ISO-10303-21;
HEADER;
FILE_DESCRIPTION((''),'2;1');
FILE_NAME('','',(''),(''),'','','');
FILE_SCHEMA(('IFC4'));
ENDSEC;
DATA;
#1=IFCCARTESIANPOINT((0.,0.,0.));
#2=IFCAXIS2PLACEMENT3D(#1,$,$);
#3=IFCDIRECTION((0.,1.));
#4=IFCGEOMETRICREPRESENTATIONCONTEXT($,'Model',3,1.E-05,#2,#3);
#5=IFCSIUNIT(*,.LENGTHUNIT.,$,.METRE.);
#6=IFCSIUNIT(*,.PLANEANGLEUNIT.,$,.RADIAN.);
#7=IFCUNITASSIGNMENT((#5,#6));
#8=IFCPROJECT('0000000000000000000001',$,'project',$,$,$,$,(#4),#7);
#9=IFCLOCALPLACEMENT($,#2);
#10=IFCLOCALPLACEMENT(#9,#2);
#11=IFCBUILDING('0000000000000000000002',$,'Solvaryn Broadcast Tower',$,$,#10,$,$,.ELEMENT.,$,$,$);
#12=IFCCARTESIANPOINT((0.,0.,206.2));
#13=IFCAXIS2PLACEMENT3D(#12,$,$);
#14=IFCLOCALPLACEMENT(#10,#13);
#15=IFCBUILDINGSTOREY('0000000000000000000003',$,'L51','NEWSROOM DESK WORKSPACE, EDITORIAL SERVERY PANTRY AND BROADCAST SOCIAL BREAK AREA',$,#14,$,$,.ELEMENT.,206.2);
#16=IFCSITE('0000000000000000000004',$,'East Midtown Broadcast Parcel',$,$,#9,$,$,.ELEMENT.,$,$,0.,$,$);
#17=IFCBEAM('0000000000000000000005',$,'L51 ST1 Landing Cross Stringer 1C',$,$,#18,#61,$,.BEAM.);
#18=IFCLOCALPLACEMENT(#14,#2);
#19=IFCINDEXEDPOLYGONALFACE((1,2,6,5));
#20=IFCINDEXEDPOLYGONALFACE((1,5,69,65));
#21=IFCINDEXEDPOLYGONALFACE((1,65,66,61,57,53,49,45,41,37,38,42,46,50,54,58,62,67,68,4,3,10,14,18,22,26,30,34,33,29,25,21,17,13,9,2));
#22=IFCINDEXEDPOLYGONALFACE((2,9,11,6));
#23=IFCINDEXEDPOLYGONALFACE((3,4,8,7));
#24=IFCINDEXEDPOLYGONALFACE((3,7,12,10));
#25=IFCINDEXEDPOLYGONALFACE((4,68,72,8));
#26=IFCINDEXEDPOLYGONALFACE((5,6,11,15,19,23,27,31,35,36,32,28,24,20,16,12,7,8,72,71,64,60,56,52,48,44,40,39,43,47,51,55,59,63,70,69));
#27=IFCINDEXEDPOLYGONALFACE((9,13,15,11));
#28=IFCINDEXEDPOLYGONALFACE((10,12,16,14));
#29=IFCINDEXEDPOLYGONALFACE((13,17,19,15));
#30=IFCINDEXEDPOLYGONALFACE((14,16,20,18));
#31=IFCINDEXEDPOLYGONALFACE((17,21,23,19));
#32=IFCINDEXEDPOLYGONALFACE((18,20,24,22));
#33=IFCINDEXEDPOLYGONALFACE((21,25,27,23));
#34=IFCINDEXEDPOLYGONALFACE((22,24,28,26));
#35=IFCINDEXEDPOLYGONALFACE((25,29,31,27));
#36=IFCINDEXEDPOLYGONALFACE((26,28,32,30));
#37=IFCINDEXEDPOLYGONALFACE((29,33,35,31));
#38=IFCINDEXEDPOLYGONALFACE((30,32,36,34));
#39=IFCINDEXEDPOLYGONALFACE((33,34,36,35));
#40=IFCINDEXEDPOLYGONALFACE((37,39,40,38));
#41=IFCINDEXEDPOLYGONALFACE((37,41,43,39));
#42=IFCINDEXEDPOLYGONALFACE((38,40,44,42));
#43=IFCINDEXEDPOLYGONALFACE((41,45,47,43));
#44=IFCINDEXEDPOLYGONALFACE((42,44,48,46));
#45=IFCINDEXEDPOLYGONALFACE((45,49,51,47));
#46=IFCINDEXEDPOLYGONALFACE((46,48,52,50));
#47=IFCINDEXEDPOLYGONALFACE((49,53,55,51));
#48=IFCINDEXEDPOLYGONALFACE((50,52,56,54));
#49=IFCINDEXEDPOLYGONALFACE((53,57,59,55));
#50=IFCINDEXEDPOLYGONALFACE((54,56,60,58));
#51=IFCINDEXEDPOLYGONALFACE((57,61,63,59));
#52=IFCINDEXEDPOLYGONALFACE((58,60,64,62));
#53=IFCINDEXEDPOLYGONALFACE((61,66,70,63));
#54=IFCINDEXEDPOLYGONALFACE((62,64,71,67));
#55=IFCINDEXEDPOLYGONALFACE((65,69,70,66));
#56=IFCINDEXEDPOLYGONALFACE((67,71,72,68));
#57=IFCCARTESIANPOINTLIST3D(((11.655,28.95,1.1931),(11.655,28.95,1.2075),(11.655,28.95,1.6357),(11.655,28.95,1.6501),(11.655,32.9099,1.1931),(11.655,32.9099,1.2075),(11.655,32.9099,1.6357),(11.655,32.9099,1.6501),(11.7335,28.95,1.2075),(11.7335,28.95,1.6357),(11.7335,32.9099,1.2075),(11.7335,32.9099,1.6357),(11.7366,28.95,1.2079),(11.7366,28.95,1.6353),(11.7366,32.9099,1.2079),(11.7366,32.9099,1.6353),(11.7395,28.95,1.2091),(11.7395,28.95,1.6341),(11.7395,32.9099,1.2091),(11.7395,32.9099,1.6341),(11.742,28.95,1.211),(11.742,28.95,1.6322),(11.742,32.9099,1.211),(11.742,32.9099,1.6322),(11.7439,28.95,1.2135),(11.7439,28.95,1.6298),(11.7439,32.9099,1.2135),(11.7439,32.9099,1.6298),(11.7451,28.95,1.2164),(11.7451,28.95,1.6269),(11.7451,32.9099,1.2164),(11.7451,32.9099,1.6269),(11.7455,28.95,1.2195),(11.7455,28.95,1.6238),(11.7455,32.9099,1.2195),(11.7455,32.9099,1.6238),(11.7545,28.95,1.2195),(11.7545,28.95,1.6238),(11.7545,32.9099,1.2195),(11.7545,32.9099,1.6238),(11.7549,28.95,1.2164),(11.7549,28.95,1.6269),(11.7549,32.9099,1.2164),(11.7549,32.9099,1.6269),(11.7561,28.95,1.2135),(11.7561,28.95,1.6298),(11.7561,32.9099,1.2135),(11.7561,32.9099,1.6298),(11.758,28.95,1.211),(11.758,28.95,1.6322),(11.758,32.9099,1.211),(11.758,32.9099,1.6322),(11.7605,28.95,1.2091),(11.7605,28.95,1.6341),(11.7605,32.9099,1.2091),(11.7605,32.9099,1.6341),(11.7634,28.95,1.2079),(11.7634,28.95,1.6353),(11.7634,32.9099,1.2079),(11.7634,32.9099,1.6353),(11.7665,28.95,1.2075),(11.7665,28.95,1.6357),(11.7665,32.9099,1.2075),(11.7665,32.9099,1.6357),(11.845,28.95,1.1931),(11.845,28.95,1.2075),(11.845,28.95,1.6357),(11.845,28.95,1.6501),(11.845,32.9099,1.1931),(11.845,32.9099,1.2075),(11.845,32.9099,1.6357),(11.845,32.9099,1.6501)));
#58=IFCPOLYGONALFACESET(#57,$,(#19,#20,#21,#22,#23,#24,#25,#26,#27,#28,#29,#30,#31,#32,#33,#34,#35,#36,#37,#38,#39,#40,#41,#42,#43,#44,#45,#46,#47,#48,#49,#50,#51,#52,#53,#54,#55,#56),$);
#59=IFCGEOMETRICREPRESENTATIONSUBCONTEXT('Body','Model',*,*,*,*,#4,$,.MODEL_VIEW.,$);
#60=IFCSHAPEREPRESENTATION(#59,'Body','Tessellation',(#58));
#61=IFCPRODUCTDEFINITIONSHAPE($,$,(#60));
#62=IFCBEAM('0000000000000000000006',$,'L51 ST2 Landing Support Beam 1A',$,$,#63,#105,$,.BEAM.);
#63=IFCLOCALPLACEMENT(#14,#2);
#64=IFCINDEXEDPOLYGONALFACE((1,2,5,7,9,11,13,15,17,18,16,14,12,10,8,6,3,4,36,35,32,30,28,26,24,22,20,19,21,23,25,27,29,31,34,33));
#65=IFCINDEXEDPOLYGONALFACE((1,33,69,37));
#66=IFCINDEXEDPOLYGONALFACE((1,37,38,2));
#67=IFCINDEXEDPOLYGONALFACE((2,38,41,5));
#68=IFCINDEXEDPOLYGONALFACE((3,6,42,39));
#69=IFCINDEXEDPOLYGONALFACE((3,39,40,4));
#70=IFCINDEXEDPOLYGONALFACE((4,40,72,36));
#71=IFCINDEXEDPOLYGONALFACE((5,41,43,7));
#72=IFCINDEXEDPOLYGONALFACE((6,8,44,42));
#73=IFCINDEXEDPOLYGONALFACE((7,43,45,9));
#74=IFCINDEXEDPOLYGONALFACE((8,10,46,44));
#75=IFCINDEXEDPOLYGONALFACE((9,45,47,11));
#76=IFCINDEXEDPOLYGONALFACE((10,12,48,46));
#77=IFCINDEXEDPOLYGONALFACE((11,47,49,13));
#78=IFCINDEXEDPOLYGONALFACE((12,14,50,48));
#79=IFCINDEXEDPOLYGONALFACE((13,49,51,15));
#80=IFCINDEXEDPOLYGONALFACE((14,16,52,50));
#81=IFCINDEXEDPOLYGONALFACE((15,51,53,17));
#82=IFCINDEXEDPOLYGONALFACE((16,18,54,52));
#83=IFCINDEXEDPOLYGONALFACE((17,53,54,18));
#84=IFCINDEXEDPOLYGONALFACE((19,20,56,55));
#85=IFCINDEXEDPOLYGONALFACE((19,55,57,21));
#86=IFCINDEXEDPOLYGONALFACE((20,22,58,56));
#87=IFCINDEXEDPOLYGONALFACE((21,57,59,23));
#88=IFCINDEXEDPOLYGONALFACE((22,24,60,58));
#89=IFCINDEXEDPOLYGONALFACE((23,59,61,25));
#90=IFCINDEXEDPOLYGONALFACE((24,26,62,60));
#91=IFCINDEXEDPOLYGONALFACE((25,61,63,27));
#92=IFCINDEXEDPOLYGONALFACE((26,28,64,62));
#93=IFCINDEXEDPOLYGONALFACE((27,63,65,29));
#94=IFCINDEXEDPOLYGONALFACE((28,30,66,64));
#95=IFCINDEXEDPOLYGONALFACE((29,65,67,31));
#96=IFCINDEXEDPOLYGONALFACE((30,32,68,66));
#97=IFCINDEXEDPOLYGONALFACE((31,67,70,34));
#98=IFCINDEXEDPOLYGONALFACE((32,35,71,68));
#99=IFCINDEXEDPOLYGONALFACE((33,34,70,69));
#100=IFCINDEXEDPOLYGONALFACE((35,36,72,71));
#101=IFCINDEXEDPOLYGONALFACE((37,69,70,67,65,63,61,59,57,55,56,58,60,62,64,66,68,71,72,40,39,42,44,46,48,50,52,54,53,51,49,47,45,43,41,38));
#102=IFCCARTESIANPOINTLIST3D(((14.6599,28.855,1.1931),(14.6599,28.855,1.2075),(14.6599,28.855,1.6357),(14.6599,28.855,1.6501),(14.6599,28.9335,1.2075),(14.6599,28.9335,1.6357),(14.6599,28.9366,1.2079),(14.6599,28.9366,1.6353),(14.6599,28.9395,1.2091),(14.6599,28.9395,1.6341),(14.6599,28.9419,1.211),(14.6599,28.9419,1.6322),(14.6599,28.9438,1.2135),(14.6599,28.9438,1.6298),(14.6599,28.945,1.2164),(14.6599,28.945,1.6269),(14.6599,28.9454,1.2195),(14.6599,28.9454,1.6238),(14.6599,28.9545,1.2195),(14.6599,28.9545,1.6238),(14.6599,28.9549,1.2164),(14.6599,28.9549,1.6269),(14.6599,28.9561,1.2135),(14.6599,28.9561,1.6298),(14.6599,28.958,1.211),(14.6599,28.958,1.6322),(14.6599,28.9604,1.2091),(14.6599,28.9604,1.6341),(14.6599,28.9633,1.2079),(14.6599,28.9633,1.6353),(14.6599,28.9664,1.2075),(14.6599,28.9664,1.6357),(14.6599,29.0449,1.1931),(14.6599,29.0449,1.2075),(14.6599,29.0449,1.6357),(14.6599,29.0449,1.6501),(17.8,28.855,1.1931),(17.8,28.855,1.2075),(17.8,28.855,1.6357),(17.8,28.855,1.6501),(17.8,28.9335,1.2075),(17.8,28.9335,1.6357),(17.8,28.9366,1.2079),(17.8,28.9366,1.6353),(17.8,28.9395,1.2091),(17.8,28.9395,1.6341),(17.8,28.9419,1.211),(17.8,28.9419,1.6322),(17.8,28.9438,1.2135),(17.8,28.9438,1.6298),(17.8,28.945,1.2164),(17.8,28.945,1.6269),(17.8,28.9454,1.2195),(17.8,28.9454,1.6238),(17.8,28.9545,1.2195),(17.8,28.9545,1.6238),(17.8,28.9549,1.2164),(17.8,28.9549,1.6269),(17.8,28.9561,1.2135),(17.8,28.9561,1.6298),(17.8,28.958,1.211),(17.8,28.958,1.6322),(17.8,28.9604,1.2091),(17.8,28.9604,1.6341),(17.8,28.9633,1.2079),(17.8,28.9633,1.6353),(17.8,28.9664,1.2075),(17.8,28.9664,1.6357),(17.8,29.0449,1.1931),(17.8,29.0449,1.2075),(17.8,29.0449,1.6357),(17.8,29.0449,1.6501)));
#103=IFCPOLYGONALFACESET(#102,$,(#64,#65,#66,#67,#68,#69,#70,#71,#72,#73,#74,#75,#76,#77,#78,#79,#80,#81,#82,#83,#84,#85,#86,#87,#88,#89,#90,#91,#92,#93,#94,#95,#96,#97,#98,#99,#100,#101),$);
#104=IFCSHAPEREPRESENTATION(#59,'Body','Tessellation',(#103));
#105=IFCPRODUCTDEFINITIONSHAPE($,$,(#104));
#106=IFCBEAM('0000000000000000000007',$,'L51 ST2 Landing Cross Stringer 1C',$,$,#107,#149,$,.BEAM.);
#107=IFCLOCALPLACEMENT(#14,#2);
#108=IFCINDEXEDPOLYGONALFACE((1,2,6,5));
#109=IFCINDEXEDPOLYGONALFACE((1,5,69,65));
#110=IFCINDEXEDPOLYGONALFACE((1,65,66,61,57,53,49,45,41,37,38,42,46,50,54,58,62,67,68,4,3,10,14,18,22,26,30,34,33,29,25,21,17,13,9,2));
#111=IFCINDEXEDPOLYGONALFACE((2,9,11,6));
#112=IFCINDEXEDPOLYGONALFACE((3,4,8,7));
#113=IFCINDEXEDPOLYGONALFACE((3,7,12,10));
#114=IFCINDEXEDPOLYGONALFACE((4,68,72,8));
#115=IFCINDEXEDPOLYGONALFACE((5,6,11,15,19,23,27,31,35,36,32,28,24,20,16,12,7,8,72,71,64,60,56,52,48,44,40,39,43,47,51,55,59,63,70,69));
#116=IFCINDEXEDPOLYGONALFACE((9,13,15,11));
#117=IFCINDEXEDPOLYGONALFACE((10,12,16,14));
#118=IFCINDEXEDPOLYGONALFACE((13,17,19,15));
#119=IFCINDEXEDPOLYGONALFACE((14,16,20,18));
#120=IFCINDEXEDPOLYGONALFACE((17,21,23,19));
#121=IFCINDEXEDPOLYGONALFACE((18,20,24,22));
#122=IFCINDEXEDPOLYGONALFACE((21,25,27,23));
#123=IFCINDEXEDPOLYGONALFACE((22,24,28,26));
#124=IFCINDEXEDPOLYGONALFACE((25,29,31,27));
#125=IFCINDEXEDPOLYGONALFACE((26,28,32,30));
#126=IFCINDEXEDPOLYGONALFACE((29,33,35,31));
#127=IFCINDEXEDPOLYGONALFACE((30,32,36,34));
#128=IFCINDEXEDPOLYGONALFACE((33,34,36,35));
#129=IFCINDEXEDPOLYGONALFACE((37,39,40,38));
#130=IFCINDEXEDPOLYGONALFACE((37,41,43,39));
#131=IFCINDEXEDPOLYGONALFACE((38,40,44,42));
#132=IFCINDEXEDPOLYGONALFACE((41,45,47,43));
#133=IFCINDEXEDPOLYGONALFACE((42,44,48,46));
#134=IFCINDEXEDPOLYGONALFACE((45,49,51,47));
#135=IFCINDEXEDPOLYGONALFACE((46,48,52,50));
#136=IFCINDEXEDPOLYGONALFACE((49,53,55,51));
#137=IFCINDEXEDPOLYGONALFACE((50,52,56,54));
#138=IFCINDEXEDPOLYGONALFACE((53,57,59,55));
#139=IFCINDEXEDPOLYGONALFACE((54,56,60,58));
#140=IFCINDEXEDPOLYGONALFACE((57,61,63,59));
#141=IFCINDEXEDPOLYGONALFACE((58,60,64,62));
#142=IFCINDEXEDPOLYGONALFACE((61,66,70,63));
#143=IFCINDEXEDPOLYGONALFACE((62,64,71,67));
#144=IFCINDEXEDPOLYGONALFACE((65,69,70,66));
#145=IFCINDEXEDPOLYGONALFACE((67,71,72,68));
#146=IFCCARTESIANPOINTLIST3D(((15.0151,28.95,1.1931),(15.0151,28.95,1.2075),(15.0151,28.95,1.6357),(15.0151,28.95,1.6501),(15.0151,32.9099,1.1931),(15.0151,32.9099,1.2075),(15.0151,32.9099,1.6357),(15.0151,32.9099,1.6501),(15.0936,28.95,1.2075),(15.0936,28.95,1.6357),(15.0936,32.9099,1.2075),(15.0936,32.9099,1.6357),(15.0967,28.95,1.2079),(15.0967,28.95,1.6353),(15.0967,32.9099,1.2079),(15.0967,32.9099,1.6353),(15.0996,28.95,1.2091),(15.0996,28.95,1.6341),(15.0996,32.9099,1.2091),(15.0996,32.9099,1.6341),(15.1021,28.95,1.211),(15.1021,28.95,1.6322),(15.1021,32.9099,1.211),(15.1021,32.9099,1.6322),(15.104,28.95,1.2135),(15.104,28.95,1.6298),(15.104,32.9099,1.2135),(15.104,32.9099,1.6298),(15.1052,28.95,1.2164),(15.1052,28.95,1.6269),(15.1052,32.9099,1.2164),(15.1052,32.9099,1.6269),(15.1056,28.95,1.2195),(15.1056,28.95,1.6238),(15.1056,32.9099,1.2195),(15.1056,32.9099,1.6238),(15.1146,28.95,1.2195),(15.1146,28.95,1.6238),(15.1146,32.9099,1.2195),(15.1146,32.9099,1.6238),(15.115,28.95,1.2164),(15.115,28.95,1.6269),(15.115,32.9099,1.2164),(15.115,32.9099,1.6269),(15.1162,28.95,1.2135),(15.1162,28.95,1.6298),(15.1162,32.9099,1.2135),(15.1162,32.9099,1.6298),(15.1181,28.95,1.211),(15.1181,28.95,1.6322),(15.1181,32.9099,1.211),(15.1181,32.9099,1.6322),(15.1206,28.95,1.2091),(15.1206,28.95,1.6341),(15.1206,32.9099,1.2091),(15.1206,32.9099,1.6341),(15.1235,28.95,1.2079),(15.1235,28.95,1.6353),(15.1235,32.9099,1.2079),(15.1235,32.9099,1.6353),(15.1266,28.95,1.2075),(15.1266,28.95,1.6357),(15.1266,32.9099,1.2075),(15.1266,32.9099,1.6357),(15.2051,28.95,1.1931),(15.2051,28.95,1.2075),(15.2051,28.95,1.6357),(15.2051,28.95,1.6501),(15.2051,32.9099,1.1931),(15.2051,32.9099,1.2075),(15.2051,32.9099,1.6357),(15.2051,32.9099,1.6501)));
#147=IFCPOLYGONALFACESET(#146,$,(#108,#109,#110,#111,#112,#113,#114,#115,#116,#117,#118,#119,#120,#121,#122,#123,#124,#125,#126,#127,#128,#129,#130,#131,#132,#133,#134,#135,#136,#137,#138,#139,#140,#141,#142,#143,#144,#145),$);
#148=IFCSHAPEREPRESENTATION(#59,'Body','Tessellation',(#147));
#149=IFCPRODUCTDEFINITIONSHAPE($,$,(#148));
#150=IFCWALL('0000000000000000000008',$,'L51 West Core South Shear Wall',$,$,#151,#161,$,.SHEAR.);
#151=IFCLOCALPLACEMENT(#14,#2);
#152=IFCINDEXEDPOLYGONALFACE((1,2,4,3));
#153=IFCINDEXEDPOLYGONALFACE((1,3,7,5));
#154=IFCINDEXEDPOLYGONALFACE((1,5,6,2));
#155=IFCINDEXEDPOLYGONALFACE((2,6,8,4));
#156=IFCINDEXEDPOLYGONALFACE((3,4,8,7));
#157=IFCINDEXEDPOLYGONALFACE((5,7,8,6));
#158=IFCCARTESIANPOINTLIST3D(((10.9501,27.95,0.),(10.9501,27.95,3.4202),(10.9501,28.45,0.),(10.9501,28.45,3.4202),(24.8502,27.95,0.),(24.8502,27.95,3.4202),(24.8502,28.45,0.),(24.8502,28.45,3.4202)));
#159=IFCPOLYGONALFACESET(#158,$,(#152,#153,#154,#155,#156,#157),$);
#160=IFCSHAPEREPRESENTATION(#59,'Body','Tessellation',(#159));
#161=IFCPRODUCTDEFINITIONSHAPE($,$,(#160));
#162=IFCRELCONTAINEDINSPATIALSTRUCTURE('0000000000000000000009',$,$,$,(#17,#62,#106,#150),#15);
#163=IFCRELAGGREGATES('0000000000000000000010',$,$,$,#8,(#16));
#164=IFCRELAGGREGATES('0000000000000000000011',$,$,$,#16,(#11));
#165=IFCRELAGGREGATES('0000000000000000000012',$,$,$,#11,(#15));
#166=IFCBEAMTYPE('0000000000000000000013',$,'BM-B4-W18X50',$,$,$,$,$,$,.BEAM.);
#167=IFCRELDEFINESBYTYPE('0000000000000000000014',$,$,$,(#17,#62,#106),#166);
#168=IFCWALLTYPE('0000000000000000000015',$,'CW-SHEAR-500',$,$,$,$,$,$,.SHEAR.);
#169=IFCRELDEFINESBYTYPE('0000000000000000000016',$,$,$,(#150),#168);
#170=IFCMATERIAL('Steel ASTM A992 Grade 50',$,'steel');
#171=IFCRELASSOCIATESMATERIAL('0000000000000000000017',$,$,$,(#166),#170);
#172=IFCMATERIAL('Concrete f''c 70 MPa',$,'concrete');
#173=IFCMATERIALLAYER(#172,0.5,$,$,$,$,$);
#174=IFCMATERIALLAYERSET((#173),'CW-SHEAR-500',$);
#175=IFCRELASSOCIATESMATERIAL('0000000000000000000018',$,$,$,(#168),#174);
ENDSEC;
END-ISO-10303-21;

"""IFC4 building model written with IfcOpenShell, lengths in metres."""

from ifc_helpers import new_model, si_unit, direction, frame, frame_2d, origin, origin_2d, place, context, subcontext, project, spatial, rectangle, i_section, extrude, material, layer, layer_set, material_profile, profile_set, type_object, element, save


model = new_model("IFC4")

# Units and contexts
model_context = context("Model", 3, precision=1e-05, world=origin(), true_north=direction((0.0, 1.0)))
body_context = subcontext(model_context, "Body", "Model", "MODEL_VIEW")
ifc_project = project(units=[si_unit("LENGTHUNIT", "METRE"), si_unit("PLANEANGLEUNIT", "RADIAN")], contexts=[model_context])

# Site, building, storey
site_placement = place(None, origin())
site = spatial("IfcSite", under=ifc_project, at=site_placement, Name="East Midtown Broadcast Parcel", CompositionType="ELEMENT", RefElevation=0.0)
building_placement = place(site_placement, origin())
building = spatial("IfcBuilding", under=site, at=building_placement, Name="Solvaryn Broadcast Tower", CompositionType="ELEMENT")
storey_placement = place(building_placement, frame((0.0, 0.0, 206.2)))
storey = spatial("IfcBuildingStorey", under=building, at=storey_placement, Name="L51", Description="NEWSROOM DESK WORKSPACE, EDITORIAL SERVERY PANTRY AND BROADCAST SOCIAL BREAK AREA", CompositionType="ELEMENT", Elevation=206.2)

# Beams
ifc_material_1 = material(Name="Steel ASTM A992 Grade 50", Category="steel")
ifc_material_profile_1 = material_profile(ifc_material_1, i_section(OverallWidth=0.1899, OverallDepth=0.457, WebThickness=0.009, FlangeThickness=0.0144, FilletRadius=0.012, at=origin_2d()))
ifc_profile_set_1 = profile_set([ifc_material_profile_1], Name="Steel ASTM A992 Grade 50")
beam_type_1 = type_object("IfcBeamType", Name="BM-B4-W18X50", PredefinedType="BEAM", material=ifc_profile_set_1)
beam_1_placement = place(storey_placement, frame((11.75, 28.95, 1.4216), z_axis=(0.0, 1.0, 0.0), x_axis=(-1.0, 0.0, 0.0)))
element("IfcBeam", 1, at=beam_1_placement, inside=storey, type_object=beam_type_1, Name="L51 ST1 Landing Cross Stringer 1C", PredefinedType="BEAM", context=body_context, shape_type="SweptSolid", body=[
    extrude(i_section(OverallWidth=0.1899, OverallDepth=0.457, WebThickness=0.009, FlangeThickness=0.0144, FilletRadius=0.012, at=origin_2d()), origin(), (0.0, 0.0, 1.0), 3.96),
])
beam_2_placement = place(storey_placement, frame((14.6599, 28.95, 1.4216), z_axis=(1.0, 0.0, 0.0), x_axis=(0.0, 1.0, 0.0)))
element("IfcBeam", 2, at=beam_2_placement, inside=storey, type_object=beam_type_1, Name="L51 ST2 Landing Support Beam 1A", PredefinedType="BEAM", context=body_context, shape_type="SweptSolid", body=[
    extrude(i_section(OverallWidth=0.1899, OverallDepth=0.457, WebThickness=0.009, FlangeThickness=0.0144, FilletRadius=0.012, at=origin_2d()), origin(), (0.0, 0.0, 1.0), 3.1401),
])
beam_3_placement = place(storey_placement, frame((15.1101, 28.95, 1.4216), z_axis=(0.0, 1.0, 0.0), x_axis=(-1.0, 0.0, 0.0)))
element("IfcBeam", 3, at=beam_3_placement, inside=storey, type_object=beam_type_1, Name="L51 ST2 Landing Cross Stringer 1C", PredefinedType="BEAM", context=body_context, shape_type="SweptSolid", body=[
    extrude(i_section(OverallWidth=0.1899, OverallDepth=0.457, WebThickness=0.009, FlangeThickness=0.0144, FilletRadius=0.012, at=origin_2d()), origin(), (0.0, 0.0, 1.0), 3.96),
])

# Wall
ifc_material_2 = material(Name="Concrete f'c 70 MPa", Category="concrete")
ifc_layer_1 = layer(ifc_material_2, 0.5)
ifc_layer_set_1 = layer_set([ifc_layer_1], Name="CW-SHEAR-500")
wall_type_1 = type_object("IfcWallType", Name="CW-SHEAR-500", PredefinedType="SHEAR", material=ifc_layer_set_1)
wall_1_placement = place(storey_placement, frame((10.95, 28.2, 0.0), z_axis=(0.0, 0.0, 1.0), x_axis=(1.0, 0.0, 0.0)))
element("IfcWall", 4, at=wall_1_placement, inside=storey, type_object=wall_type_1, Name="L51 West Core South Shear Wall", PredefinedType="SHEAR", context=body_context, shape_type="SweptSolid", body=[
    extrude(rectangle(XDim=13.9001, YDim=0.5, at=frame_2d((6.9502, 0.0))), origin(), (0.0, 0.0, 1.0), 3.4202),
])

save(model, "model.ifc")
